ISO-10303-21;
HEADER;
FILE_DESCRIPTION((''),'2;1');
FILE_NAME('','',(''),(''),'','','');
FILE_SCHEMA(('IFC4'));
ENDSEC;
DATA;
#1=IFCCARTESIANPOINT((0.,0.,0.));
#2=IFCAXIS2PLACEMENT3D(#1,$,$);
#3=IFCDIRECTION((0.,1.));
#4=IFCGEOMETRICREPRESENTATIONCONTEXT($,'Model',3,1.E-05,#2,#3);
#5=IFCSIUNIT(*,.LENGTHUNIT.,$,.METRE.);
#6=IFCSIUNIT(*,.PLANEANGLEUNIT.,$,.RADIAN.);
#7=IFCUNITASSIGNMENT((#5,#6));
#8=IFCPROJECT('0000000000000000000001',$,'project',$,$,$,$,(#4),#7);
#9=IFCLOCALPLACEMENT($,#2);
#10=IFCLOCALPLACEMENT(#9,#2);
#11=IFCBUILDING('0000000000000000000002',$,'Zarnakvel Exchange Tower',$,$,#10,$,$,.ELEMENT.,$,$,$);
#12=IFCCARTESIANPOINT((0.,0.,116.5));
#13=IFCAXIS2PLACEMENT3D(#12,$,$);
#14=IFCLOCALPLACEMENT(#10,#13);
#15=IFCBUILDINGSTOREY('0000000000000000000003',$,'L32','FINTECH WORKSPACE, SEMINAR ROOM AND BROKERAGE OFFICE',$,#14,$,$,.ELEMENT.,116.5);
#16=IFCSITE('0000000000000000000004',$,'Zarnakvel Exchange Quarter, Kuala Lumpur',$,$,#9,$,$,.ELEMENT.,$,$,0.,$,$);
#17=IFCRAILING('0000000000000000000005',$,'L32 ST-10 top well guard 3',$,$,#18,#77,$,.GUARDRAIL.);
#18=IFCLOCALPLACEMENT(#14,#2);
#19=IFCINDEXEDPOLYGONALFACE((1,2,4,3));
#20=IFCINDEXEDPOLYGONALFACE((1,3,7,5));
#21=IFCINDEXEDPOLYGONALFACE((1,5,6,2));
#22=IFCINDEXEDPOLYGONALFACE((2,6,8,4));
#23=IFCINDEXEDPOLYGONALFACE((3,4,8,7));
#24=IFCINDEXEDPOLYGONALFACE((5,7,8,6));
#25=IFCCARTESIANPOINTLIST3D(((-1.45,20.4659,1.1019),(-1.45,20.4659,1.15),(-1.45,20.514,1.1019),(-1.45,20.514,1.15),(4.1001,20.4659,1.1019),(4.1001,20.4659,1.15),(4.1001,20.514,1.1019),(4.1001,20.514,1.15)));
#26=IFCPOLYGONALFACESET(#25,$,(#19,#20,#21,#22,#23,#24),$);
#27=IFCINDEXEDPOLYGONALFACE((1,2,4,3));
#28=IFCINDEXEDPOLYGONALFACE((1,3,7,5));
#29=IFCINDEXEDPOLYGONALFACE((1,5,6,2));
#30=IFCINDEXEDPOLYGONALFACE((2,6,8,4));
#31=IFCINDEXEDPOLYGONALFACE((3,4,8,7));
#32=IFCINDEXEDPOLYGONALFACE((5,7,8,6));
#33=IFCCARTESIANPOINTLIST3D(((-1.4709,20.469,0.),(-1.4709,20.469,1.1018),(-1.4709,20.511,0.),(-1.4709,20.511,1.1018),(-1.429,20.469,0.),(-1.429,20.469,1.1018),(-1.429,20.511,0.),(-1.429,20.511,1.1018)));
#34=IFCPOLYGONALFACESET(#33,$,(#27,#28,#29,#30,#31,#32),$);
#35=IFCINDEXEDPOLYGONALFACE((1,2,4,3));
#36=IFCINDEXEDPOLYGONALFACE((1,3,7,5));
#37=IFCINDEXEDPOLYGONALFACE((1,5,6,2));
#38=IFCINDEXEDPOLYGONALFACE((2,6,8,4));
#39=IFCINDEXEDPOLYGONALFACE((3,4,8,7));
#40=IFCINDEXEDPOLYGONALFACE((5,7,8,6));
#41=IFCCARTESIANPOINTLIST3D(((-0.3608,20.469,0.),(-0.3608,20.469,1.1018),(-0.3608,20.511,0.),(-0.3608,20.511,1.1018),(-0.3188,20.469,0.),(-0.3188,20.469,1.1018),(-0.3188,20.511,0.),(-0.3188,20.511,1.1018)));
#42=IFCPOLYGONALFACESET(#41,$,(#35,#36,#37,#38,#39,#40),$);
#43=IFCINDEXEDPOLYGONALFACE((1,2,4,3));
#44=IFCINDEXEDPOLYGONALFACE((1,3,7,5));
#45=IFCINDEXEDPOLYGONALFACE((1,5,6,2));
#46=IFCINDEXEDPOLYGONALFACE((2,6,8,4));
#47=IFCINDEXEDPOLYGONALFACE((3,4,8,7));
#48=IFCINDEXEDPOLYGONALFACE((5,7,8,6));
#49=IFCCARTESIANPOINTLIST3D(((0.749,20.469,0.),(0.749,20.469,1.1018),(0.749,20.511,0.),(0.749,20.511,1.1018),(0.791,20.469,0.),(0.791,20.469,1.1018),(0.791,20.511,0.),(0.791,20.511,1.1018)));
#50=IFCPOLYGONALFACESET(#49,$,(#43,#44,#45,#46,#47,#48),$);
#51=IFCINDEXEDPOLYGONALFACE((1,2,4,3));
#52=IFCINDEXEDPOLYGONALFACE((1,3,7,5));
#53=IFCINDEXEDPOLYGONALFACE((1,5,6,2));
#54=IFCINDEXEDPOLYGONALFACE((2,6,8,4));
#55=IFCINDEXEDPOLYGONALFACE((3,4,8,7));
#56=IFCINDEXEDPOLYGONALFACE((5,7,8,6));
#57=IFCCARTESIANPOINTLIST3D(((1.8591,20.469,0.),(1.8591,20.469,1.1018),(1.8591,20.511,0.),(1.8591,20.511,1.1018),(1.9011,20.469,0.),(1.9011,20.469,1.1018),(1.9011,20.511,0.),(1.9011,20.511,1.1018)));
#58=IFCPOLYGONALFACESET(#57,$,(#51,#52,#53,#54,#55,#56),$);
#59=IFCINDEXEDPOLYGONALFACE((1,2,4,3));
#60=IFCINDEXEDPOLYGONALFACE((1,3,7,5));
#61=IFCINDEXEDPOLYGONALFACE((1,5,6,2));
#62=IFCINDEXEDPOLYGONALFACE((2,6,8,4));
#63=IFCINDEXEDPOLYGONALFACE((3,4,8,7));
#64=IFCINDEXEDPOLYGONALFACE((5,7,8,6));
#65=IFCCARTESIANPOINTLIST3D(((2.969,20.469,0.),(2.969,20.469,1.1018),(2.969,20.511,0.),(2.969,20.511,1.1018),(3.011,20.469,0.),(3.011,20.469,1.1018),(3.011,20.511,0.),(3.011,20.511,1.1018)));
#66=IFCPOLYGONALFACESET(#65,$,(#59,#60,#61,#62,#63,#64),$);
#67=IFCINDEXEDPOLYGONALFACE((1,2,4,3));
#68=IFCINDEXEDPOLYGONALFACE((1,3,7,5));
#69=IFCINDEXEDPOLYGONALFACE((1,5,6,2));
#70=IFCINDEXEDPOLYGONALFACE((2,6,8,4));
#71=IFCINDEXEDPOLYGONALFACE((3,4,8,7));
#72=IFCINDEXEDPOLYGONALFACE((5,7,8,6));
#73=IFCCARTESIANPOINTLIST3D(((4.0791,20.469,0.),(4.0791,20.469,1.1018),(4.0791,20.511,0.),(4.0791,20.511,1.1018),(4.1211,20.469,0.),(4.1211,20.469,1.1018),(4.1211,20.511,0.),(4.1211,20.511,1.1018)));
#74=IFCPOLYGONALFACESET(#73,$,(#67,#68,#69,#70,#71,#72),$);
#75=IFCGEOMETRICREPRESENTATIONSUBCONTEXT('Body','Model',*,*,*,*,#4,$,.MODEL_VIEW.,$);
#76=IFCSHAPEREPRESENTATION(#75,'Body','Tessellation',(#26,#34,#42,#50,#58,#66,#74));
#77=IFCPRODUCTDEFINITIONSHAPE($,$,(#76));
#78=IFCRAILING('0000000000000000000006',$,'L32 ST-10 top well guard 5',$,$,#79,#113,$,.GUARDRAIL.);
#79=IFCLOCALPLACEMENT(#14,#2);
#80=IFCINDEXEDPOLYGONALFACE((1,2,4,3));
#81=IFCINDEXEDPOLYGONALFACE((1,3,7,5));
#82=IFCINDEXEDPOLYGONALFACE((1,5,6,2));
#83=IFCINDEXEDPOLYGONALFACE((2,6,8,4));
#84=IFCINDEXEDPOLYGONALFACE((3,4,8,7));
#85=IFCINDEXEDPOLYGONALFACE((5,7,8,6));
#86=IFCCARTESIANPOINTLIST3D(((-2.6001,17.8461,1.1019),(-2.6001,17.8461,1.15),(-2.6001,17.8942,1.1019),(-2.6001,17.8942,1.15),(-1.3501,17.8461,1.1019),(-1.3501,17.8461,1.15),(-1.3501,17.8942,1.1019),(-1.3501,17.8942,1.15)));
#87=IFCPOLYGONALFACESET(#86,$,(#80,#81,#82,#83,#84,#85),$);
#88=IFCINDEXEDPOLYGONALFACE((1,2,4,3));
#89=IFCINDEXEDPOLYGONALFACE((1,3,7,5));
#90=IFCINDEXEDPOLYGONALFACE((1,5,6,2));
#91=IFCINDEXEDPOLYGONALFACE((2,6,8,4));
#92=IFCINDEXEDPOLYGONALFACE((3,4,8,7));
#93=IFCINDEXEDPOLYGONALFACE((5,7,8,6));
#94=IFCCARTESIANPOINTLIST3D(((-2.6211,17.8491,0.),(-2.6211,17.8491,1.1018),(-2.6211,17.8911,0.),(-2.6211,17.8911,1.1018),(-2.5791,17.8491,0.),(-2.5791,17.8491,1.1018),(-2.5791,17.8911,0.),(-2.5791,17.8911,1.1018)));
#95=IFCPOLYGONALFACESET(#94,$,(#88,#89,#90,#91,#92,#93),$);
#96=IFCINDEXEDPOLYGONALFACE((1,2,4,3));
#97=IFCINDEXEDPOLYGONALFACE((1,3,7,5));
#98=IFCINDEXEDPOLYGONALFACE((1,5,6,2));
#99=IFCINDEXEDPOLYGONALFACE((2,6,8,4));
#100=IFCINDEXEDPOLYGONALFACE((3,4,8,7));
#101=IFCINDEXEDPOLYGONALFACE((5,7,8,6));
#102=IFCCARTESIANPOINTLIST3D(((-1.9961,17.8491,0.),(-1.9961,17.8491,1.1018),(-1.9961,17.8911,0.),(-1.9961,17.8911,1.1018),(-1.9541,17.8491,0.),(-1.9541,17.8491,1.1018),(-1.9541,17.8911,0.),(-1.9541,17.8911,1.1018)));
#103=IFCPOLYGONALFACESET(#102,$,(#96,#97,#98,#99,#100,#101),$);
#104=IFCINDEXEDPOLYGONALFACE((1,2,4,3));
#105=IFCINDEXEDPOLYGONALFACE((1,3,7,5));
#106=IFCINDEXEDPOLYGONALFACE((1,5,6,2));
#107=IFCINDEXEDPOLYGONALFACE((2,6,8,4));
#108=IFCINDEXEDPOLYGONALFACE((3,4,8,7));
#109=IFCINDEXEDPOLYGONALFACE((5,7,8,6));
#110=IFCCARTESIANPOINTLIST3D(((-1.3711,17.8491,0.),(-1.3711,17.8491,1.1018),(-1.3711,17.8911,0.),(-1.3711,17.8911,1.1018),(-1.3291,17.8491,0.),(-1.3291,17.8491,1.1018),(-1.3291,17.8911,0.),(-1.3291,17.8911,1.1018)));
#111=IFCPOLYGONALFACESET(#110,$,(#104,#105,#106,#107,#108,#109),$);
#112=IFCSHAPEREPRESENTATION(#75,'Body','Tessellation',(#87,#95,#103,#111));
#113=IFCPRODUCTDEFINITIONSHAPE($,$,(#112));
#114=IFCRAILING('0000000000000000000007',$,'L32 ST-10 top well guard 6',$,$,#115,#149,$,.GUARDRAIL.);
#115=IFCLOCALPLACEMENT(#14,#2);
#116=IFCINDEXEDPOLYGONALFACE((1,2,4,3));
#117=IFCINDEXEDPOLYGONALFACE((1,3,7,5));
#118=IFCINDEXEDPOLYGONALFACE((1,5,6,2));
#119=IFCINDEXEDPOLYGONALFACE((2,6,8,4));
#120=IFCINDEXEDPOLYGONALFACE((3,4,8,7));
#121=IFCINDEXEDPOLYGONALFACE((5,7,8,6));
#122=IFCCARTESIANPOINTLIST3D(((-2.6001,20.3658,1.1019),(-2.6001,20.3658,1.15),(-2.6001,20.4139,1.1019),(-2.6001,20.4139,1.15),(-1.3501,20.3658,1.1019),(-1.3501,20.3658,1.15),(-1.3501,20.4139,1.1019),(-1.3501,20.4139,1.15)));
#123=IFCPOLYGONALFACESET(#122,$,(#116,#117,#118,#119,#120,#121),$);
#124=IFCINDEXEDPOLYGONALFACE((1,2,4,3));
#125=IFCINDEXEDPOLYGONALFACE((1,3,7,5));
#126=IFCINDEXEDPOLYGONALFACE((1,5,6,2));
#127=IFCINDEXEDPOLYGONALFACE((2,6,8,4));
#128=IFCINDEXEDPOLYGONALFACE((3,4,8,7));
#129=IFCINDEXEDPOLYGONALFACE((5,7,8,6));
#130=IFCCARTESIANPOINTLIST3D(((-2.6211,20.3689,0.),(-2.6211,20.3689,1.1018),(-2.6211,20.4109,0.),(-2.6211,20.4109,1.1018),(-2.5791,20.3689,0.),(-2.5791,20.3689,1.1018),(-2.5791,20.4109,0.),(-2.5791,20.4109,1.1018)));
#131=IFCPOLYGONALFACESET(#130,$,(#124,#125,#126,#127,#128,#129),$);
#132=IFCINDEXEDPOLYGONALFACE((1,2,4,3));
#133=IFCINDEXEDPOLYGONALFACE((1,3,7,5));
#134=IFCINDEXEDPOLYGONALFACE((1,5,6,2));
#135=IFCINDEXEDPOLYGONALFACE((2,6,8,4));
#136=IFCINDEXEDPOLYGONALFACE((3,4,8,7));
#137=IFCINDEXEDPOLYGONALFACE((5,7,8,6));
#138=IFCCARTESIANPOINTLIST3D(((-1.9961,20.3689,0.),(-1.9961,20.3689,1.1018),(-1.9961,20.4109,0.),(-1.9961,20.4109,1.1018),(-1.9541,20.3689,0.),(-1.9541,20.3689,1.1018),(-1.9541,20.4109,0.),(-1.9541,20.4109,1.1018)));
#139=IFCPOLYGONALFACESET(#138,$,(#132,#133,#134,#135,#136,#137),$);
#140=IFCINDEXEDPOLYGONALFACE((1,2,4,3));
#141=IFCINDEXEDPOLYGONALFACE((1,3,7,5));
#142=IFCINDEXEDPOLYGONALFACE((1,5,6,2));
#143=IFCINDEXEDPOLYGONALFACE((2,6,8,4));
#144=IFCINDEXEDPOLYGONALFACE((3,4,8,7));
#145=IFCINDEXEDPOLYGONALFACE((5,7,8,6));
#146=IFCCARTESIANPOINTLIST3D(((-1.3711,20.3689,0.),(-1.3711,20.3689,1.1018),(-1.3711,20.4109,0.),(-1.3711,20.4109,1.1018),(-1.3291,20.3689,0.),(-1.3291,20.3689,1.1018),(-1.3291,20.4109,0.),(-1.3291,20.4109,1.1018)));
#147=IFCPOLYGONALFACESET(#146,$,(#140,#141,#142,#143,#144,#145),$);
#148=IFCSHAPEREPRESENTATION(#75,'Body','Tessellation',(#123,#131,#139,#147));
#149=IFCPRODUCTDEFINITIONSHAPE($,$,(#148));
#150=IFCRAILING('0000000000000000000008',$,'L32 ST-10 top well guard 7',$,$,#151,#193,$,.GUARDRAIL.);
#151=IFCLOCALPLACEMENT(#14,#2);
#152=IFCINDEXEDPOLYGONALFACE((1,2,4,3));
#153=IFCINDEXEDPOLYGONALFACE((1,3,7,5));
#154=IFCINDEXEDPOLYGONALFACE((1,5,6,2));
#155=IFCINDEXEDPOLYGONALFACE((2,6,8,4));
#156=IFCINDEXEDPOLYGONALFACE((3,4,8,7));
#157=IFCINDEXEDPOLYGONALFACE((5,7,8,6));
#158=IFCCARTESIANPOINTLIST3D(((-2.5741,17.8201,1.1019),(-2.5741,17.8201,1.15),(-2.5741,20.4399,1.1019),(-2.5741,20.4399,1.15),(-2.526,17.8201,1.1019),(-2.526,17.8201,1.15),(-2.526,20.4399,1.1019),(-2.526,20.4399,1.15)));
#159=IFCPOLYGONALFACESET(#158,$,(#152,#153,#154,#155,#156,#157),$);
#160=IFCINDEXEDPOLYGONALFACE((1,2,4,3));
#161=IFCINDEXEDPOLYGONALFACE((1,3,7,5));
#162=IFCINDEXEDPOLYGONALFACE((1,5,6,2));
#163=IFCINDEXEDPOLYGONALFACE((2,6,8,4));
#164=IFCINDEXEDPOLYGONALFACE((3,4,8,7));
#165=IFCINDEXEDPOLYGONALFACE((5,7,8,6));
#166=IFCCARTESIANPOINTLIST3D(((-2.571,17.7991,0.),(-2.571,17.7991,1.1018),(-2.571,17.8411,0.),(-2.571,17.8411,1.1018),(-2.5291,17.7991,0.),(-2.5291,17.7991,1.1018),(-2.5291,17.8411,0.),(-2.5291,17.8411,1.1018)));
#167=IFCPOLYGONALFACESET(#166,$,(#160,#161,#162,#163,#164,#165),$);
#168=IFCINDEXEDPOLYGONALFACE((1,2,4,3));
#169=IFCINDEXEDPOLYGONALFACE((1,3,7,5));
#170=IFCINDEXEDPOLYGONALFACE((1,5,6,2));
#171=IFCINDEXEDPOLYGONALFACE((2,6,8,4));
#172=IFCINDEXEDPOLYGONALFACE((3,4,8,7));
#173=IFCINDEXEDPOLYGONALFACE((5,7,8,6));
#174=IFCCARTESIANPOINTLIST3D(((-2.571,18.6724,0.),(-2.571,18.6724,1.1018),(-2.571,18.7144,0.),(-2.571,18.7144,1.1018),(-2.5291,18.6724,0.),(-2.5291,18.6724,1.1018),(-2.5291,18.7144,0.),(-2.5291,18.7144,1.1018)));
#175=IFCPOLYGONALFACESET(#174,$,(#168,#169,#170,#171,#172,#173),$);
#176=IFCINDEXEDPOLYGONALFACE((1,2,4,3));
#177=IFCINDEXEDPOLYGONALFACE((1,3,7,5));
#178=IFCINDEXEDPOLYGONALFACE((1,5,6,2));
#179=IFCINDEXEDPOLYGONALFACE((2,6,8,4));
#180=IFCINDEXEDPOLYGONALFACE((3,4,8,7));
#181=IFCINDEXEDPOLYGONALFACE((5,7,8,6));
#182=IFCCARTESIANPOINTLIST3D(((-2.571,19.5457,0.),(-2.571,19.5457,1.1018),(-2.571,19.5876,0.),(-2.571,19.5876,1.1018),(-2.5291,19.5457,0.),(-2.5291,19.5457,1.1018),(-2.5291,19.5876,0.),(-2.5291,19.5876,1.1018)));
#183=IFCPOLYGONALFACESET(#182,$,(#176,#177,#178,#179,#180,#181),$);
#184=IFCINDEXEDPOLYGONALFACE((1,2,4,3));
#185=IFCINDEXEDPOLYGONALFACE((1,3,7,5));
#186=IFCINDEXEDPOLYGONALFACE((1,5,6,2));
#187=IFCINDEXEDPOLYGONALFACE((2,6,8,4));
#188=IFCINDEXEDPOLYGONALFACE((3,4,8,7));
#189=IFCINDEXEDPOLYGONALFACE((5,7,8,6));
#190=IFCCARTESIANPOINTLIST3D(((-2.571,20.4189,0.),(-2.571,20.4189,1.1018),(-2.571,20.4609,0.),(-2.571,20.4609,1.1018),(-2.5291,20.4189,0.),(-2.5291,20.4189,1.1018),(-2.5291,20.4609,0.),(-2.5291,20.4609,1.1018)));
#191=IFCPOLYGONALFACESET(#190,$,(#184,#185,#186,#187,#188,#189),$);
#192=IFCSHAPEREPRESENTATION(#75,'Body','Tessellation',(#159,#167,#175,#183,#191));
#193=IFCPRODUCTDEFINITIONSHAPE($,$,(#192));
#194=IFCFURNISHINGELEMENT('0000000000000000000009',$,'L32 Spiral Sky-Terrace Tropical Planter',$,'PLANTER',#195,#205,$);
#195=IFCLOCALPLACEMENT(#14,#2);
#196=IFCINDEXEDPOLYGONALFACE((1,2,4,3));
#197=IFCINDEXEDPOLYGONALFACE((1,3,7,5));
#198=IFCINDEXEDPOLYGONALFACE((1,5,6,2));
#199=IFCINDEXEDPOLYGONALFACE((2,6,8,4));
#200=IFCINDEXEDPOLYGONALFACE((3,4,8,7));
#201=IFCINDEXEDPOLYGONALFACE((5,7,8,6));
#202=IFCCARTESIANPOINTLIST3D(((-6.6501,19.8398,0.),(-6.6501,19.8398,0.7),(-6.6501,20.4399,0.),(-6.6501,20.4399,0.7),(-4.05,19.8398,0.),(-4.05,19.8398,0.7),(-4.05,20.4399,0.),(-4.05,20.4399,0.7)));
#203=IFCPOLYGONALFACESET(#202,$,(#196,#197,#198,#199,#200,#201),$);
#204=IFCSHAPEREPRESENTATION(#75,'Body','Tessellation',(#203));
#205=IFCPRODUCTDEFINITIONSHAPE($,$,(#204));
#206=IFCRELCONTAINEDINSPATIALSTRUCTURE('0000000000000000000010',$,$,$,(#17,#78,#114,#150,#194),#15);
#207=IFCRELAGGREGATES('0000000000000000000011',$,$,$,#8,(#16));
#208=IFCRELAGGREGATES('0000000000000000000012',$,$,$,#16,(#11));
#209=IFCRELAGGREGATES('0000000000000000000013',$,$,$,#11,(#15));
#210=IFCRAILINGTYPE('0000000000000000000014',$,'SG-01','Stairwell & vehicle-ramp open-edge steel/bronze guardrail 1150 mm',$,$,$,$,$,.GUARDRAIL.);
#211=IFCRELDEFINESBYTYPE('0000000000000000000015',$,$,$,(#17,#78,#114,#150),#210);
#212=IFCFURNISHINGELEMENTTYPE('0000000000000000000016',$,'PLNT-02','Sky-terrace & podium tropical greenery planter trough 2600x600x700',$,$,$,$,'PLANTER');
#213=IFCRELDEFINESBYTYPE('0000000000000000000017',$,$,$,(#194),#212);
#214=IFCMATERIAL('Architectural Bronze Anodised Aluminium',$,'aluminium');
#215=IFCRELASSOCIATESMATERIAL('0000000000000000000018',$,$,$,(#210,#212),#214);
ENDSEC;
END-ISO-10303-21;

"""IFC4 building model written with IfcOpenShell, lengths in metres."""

from ifc_helpers import new_model, si_unit, direction, frame, origin, origin_2d, place, context, subcontext, project, spatial, rectangle, extrude, source, transform, mapped, material, type_object, element, save


model = new_model("IFC4")

# Units and contexts
model_context = context("Model", 3, precision=1e-05, world=origin(), true_north=direction((0.0, 1.0)))
body_context = subcontext(model_context, "Body", "Model", "MODEL_VIEW")
ifc_project = project(units=[si_unit("LENGTHUNIT", "METRE"), si_unit("PLANEANGLEUNIT", "RADIAN")], contexts=[model_context])

# Site, building, storey
site_placement = place(None, origin())
site = spatial("IfcSite", under=ifc_project, at=site_placement, Name="Zarnakvel Exchange Quarter, Kuala Lumpur", CompositionType="ELEMENT", RefElevation=0.0)
building_placement = place(site_placement, origin())
building = spatial("IfcBuilding", under=site, at=building_placement, Name="Zarnakvel Exchange Tower", CompositionType="ELEMENT")
storey_placement = place(building_placement, frame((0.0, 0.0, 116.5)))
storey = spatial("IfcBuildingStorey", under=building, at=storey_placement, Name="L32", Description="FINTECH WORKSPACE, SEMINAR ROOM AND BROKERAGE OFFICE", CompositionType="ELEMENT", Elevation=116.5)

# Shared definitions
ifc_material_1 = material(Name="Architectural Bronze Anodised Aluminium", Category="aluminium")

# Railings
railing_type_1 = type_object("IfcRailingType", Name="SG-01", Description="Stairwell & vehicle-ramp open-edge steel/bronze guardrail 1150 mm", PredefinedType="GUARDRAIL", material=ifc_material_1)
for number, where, name in (
    (1, (-1.45, 20.49, 0.0), "L32 ST-10 top well guard 3"),
):
    element("IfcRailing", number, at=place(storey_placement, frame(where)), inside=storey, type_object=railing_type_1, Name=name, PredefinedType="GUARDRAIL", context=body_context, shape_type="SweptSolid", body=[
        extrude(rectangle(XDim=0.0481, YDim=0.0481, at=origin_2d()), frame((0.0, 0.0, 1.126), z_axis=(1.0, 0.0, 0.0), x_axis=(0.0, 1.0, 0.0)), (0.0, 0.0, 1.0), 5.55),
        extrude(rectangle(XDim=0.042, YDim=0.042, at=origin_2d()), origin(), (0.0, 0.0, 1.0), 1.1018),
        extrude(rectangle(XDim=0.042, YDim=0.042, at=origin_2d()), frame((1.1101, 0.0, 0.0)), (0.0, 0.0, 1.0), 1.1018),
        extrude(rectangle(XDim=0.042, YDim=0.042, at=origin_2d()), frame((2.22, 0.0, 0.0)), (0.0, 0.0, 1.0), 1.1018),
        extrude(rectangle(XDim=0.042, YDim=0.042, at=origin_2d()), frame((3.3301, 0.0, 0.0)), (0.0, 0.0, 1.0), 1.1018),
        extrude(rectangle(XDim=0.042, YDim=0.042, at=origin_2d()), frame((4.4399, 0.0, 0.0)), (0.0, 0.0, 1.0), 1.1018),
        extrude(rectangle(XDim=0.042, YDim=0.042, at=origin_2d()), frame((5.55, 0.0, 0.0)), (0.0, 0.0, 1.0), 1.1018),
    ])
for number, where, name in (
    (2, (-2.6001, 17.8701, 0.0), "L32 ST-10 top well guard 5"),
    (3, (-2.6001, 20.3899, 0.0), "L32 ST-10 top well guard 6"),
):
    element("IfcRailing", number, at=place(storey_placement, frame(where)), inside=storey, type_object=railing_type_1, Name=name, PredefinedType="GUARDRAIL", context=body_context, shape_type="SweptSolid", body=[
        extrude(rectangle(XDim=0.0481, YDim=0.0481, at=origin_2d()), frame((0.0, 0.0, 1.126), z_axis=(1.0, 0.0, 0.0), x_axis=(0.0, 1.0, 0.0)), (0.0, 0.0, 1.0), 1.25),
        extrude(rectangle(XDim=0.042, YDim=0.042, at=origin_2d()), origin(), (0.0, 0.0, 1.0), 1.1018),
        extrude(rectangle(XDim=0.042, YDim=0.042, at=origin_2d()), frame((0.625, 0.0, 0.0)), (0.0, 0.0, 1.0), 1.1018),
        extrude(rectangle(XDim=0.042, YDim=0.042, at=origin_2d()), frame((1.25, 0.0, 0.0)), (0.0, 0.0, 1.0), 1.1018),
    ])
railing_1_placement = place(storey_placement, frame((-2.55, 17.8201, 0.0)))
element("IfcRailing", 4, at=railing_1_placement, inside=storey, type_object=railing_type_1, Name="L32 ST-10 top well guard 7", PredefinedType="GUARDRAIL", context=body_context, shape_type="SweptSolid", body=[
    extrude(rectangle(XDim=0.0481, YDim=0.0481, at=origin_2d()), frame((0.0, 0.0, 1.126), z_axis=(0.0, 1.0, 0.0), x_axis=(-1.0, 0.0, 0.0)), (0.0, 0.0, 1.0), 2.6199),
    extrude(rectangle(XDim=0.042, YDim=0.042, at=origin_2d()), origin(), (0.0, 0.0, 1.0), 1.1018),
    extrude(rectangle(XDim=0.042, YDim=0.042, at=origin_2d()), frame((0.0, 0.8733, 0.0)), (0.0, 0.0, 1.0), 1.1018),
    extrude(rectangle(XDim=0.042, YDim=0.042, at=origin_2d()), frame((0.0, 1.7466, 0.0)), (0.0, 0.0, 1.0), 1.1018),
    extrude(rectangle(XDim=0.042, YDim=0.042, at=origin_2d()), frame((0.0, 2.6199, 0.0)), (0.0, 0.0, 1.0), 1.1018),
])

# Furnishing element
furnishing_element_type = type_object("IfcFurnishingElementType", Name="PLNT-02", Description="Sky-terrace & podium tropical greenery planter trough 2600x600x700", ElementType="PLANTER", material=ifc_material_1)
shared_shape_1 = source(origin(), body_context, "Body", "SweptSolid", [
    extrude(rectangle(XDim=2.6001, YDim=0.6001, at=origin_2d()), origin(), (0.0, 0.0, 1.0), 0.7),
])
furnishing_placement = place(storey_placement, frame((-5.3501, 20.1399, 0.0), z_axis=(0.0, 0.0, 1.0), x_axis=(1.0, 0.0, 0.0)))
element("IfcFurnishingElement", 5, at=furnishing_placement, inside=storey, type_object=furnishing_element_type, Name="L32 Spiral Sky-Terrace Tropical Planter", ObjectType="PLANTER", context=body_context, shape_type="MappedRepresentation", body=[
    mapped(shared_shape_1, transform((0.0, 0.0, 0.0), x_axis=(1.0, 0.0, 0.0), y_axis=(0.0, 1.0, 0.0), z_axis=(0.0, 0.0, 1.0), scale=1.0)),
])

save(model, "model.ifc")
